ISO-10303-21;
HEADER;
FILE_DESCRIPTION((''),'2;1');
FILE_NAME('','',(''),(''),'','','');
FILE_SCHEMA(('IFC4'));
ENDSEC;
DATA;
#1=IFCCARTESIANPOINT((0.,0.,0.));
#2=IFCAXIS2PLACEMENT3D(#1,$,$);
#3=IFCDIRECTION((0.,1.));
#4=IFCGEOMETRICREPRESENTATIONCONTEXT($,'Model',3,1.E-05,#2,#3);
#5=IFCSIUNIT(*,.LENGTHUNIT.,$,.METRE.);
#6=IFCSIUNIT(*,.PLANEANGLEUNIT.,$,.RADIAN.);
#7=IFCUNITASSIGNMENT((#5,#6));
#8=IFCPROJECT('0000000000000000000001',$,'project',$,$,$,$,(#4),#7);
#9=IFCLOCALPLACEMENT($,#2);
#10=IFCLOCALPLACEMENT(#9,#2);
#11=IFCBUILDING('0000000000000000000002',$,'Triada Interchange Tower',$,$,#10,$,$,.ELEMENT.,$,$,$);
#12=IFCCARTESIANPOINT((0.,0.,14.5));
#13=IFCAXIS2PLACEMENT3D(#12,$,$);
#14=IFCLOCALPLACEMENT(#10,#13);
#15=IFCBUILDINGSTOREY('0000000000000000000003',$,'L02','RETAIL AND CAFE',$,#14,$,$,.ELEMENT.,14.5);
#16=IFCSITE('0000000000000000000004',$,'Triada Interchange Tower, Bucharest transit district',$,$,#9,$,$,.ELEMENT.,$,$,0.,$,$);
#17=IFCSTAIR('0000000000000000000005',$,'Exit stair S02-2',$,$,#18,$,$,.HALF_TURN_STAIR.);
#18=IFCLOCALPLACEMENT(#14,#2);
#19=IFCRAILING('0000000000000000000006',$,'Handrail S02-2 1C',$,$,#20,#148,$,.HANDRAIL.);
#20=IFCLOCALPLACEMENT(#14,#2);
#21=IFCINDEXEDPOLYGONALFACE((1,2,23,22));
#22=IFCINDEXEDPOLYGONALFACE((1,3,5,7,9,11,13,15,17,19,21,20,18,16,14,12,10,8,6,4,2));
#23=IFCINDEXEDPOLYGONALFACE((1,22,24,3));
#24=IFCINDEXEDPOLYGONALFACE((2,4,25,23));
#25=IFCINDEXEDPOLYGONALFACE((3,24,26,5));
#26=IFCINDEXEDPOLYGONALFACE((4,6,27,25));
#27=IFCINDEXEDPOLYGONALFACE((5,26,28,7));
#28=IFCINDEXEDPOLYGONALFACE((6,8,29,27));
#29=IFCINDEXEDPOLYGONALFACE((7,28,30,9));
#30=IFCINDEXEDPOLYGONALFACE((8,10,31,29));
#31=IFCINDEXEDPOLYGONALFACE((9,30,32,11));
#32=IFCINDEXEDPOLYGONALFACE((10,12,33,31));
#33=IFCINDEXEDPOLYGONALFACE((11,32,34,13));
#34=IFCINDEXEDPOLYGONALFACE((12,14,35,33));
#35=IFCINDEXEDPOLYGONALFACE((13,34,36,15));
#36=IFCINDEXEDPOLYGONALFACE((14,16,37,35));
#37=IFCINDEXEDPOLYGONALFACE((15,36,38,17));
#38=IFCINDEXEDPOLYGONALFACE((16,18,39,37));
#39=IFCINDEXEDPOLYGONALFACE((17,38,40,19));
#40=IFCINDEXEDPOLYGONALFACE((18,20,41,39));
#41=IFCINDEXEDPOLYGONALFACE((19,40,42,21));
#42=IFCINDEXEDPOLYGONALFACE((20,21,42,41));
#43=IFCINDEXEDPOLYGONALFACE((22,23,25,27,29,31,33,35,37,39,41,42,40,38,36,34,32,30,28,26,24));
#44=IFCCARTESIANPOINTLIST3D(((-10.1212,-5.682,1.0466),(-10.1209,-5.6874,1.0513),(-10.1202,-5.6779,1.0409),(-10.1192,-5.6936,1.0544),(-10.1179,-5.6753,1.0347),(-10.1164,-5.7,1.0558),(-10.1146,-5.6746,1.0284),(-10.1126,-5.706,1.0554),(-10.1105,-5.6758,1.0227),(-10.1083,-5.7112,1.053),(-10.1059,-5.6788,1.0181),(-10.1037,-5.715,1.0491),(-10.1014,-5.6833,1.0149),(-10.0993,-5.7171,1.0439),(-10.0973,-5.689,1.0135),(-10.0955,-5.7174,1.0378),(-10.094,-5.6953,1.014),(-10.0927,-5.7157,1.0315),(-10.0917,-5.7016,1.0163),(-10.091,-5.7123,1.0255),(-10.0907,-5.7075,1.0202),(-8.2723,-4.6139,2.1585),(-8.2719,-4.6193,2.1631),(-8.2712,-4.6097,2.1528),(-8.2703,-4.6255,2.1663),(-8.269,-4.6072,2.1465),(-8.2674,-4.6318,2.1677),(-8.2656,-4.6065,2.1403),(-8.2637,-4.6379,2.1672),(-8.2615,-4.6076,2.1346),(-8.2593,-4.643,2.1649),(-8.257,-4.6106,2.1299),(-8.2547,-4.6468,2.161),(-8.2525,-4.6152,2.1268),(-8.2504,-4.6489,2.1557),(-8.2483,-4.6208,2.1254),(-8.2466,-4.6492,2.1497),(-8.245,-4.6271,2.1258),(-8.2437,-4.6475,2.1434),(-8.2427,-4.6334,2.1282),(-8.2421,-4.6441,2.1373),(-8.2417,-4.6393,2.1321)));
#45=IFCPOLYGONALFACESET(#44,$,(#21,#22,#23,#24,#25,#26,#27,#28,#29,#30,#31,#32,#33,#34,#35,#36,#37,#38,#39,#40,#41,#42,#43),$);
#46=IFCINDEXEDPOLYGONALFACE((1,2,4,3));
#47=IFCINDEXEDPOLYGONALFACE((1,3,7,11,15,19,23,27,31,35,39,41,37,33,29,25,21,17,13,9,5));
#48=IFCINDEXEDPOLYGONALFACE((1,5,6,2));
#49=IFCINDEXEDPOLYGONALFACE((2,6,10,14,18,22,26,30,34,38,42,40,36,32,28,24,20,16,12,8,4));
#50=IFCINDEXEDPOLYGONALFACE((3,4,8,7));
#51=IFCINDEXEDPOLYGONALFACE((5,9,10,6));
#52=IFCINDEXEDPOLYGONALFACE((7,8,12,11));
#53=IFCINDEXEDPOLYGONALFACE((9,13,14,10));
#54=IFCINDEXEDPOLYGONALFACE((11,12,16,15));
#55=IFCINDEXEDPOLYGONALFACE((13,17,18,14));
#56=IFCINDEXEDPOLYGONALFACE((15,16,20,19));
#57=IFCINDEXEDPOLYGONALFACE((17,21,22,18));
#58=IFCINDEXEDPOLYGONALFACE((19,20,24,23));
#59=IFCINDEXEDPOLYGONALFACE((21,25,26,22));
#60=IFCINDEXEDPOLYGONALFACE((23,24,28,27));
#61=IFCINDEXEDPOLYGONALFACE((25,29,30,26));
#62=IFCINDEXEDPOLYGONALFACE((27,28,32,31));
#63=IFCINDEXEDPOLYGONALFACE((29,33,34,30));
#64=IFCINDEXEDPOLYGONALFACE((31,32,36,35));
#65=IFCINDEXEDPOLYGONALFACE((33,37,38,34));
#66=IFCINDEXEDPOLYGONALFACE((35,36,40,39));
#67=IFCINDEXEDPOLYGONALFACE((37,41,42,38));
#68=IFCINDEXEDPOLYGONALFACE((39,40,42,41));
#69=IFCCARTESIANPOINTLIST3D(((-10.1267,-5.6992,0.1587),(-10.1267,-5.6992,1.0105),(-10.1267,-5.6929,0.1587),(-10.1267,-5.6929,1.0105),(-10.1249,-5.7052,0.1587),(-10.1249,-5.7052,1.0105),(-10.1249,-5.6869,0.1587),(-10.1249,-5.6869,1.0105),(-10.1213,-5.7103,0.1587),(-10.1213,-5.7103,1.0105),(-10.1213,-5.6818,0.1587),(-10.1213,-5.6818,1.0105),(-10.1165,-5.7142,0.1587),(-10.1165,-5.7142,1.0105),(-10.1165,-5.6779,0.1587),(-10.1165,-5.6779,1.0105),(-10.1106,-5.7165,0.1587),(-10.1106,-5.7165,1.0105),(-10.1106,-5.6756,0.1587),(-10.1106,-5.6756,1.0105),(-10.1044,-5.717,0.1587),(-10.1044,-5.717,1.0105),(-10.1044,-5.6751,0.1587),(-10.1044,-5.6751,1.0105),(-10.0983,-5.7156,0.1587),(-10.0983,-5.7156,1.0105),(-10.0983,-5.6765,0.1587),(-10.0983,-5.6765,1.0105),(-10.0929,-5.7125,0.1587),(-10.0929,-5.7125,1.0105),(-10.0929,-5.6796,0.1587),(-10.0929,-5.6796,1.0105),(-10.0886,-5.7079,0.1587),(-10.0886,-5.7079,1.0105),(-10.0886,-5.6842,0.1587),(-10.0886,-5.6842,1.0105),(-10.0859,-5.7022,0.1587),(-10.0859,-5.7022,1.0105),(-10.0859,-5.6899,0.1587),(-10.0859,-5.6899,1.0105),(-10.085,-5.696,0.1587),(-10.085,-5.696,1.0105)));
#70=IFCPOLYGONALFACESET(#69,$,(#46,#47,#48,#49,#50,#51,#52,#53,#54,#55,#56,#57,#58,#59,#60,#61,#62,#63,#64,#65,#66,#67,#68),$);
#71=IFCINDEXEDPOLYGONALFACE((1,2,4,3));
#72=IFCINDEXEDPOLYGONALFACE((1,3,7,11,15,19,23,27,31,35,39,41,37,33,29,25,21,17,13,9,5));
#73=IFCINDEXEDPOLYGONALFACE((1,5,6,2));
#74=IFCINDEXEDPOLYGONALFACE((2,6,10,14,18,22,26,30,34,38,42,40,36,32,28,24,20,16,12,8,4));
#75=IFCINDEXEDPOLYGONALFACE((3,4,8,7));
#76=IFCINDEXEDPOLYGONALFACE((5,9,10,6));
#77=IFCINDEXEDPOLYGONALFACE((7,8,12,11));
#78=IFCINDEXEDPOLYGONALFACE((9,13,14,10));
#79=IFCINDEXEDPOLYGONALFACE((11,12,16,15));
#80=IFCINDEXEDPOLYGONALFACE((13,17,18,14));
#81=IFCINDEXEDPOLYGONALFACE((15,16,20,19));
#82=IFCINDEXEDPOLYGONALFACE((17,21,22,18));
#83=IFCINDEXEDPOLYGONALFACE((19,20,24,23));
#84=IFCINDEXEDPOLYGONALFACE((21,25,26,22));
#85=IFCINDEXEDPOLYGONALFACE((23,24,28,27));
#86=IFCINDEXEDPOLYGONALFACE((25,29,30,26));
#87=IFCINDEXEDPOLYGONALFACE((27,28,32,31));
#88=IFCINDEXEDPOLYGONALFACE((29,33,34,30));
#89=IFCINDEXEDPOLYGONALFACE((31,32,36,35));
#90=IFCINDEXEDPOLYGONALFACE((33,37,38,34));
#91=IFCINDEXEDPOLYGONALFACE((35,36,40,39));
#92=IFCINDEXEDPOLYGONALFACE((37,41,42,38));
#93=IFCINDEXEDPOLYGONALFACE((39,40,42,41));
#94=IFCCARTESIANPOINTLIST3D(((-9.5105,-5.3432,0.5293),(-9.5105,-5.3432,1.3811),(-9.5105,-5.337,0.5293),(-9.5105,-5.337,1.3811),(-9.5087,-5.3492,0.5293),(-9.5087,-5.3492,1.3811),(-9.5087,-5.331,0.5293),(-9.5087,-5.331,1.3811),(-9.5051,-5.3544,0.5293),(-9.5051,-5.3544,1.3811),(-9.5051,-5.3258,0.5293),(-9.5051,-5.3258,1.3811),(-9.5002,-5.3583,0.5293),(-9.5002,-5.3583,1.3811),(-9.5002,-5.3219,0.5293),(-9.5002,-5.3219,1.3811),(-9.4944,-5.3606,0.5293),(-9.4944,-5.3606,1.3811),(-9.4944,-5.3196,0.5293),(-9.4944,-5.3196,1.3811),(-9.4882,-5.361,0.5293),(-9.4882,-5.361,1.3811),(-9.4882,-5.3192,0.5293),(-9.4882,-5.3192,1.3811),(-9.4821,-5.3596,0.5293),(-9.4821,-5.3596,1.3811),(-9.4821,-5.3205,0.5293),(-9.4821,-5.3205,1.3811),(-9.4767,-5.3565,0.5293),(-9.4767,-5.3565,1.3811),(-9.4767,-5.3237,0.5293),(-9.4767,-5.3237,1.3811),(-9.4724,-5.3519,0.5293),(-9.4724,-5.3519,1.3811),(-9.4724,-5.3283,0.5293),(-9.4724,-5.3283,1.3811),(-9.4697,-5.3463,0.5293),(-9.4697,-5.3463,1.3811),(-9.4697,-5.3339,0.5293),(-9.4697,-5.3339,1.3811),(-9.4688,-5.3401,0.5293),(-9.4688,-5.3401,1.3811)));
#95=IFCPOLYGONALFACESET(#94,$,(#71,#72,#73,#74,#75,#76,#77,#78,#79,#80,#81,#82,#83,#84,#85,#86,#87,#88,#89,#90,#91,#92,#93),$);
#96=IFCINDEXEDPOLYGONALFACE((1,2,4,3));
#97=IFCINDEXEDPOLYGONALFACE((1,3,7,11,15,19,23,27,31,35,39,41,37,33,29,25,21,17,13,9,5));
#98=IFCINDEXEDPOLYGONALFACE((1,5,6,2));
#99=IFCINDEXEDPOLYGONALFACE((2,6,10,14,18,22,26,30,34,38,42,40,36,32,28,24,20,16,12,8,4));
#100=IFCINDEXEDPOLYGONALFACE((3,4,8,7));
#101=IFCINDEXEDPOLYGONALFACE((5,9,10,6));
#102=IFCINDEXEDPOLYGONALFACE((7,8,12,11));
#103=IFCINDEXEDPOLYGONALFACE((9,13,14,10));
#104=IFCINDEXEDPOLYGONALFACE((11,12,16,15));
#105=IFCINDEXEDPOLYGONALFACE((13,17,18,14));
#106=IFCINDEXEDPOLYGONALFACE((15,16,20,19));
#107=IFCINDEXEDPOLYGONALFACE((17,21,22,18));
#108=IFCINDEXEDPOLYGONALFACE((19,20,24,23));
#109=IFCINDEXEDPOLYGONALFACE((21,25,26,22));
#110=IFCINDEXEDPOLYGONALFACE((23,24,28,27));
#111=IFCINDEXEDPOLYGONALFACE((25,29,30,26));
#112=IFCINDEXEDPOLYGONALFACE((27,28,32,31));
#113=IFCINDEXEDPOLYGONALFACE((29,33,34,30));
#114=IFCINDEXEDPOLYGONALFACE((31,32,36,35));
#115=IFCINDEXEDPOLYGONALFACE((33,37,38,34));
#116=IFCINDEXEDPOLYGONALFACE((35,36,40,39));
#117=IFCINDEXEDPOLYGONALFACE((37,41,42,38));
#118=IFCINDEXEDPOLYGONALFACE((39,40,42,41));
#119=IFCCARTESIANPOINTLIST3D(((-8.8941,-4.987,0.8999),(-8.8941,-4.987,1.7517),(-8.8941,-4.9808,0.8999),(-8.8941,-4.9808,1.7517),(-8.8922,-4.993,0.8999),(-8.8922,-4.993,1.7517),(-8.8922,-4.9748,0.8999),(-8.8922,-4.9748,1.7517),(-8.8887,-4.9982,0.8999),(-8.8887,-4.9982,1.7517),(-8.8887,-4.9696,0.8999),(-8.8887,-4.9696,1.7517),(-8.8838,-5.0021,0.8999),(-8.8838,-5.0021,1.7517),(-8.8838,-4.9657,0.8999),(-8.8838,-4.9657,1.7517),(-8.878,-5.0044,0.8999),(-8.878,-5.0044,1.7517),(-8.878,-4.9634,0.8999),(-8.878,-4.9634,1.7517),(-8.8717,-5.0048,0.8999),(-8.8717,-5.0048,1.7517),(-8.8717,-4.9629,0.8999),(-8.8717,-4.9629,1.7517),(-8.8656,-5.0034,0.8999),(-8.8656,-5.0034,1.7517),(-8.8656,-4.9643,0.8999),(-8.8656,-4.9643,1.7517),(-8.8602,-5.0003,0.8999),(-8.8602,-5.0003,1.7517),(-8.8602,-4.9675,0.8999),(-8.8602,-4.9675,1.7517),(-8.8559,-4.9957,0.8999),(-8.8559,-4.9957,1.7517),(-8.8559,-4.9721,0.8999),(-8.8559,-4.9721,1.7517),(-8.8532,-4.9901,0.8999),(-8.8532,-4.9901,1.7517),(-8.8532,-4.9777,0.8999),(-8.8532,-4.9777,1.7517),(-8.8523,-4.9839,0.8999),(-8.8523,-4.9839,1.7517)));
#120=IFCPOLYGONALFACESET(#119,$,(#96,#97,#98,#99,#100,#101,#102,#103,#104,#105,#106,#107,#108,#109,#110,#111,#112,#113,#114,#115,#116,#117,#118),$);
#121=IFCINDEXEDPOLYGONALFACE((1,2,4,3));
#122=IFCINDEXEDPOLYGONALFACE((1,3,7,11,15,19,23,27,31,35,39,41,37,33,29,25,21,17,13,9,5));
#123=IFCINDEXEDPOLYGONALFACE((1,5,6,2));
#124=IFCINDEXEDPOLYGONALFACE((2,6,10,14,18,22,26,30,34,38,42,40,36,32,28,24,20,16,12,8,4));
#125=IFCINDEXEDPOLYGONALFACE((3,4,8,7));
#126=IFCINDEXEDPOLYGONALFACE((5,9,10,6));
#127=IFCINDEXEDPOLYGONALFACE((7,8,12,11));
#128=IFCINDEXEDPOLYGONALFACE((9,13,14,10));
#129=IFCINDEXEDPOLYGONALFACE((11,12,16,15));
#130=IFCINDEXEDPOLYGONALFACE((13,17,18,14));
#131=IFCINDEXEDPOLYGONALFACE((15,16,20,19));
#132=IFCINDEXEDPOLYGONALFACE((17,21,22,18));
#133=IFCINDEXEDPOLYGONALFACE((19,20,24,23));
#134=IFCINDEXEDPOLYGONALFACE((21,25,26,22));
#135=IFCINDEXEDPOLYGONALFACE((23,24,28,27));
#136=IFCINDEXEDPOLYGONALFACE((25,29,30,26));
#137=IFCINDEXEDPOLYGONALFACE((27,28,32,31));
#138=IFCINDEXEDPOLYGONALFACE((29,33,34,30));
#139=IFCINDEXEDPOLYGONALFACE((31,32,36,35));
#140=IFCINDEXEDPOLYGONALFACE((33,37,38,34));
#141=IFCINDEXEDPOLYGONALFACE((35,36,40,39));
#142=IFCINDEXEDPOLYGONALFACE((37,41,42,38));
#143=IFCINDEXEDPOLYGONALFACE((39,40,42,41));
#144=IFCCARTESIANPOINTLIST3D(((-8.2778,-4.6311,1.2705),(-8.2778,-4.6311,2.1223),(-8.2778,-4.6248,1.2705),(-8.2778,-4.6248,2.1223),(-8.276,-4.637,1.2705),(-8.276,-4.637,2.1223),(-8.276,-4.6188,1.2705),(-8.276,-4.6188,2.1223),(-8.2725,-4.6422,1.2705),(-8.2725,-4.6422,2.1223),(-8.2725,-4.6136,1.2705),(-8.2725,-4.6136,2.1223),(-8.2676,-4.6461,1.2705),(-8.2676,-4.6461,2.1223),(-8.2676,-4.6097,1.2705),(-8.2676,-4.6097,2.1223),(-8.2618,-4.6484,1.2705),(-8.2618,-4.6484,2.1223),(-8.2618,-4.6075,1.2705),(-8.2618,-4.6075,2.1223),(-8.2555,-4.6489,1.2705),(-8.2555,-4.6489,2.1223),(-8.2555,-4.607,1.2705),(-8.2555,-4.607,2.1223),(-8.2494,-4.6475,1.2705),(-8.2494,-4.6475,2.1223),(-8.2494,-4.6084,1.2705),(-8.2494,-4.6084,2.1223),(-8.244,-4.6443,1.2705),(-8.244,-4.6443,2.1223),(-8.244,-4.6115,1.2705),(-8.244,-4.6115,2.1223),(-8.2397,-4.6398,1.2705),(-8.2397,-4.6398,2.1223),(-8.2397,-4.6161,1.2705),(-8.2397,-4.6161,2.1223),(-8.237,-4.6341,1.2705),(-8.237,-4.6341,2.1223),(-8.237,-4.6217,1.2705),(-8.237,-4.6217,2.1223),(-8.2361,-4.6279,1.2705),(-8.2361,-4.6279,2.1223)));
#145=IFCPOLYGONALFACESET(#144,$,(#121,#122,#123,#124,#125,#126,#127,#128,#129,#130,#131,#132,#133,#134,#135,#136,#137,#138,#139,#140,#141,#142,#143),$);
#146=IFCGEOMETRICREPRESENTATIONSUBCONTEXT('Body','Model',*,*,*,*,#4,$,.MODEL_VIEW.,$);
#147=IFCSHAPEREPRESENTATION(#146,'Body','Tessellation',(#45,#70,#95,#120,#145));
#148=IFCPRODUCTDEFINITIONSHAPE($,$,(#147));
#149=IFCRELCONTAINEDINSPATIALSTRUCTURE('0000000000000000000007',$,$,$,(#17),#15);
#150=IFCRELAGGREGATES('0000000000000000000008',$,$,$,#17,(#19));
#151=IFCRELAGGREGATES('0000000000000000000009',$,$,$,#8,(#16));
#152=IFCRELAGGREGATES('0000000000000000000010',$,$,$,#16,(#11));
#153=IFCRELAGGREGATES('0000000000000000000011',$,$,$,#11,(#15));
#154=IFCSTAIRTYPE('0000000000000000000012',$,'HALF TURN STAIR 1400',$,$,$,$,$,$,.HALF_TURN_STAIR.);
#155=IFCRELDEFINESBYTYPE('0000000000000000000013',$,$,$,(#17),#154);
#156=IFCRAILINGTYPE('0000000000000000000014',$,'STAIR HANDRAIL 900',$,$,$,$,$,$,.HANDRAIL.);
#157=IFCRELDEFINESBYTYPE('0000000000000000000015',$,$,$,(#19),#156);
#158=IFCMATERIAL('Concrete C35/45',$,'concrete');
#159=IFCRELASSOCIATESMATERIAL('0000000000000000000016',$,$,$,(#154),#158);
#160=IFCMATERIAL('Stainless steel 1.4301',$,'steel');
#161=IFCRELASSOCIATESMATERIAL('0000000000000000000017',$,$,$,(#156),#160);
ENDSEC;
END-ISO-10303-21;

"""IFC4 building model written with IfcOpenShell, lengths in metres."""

from ifc_helpers import new_model, si_unit, direction, frame, origin, origin_2d, place, context, subcontext, project, spatial, circle, extrude, material, type_object, element, aggregate, save


model = new_model("IFC4")

# Units and contexts
model_context = context("Model", 3, precision=1e-05, world=origin(), true_north=direction((0.0, 1.0)))
body_context = subcontext(model_context, "Body", "Model", "MODEL_VIEW")
ifc_project = project(units=[si_unit("LENGTHUNIT", "METRE"), si_unit("PLANEANGLEUNIT", "RADIAN")], contexts=[model_context])

# Site, building, storey
site_placement = place(None, origin())
site = spatial("IfcSite", under=ifc_project, at=site_placement, Name="Triada Interchange Tower, Bucharest transit district", CompositionType="ELEMENT", RefElevation=0.0)
building_placement = place(site_placement, origin())
building = spatial("IfcBuilding", under=site, at=building_placement, Name="Triada Interchange Tower", CompositionType="ELEMENT")
storey_placement = place(building_placement, frame((0.0, 0.0, 14.5)))
storey = spatial("IfcBuildingStorey", under=building, at=storey_placement, Name="L02", Description="RETAIL AND CAFE", CompositionType="ELEMENT", Elevation=14.5)

# Shared definitions
ifc_material_1 = material(Name="Concrete C35/45", Category="concrete")

# Stair, railing
stair_type = type_object("IfcStairType", Name="HALF TURN STAIR 1400", PredefinedType="HALF_TURN_STAIR", material=ifc_material_1)
stair_1_placement = place(storey_placement, origin())
stair_1 = element("IfcStair", 1, at=stair_1_placement, inside=storey, type_object=stair_type, Name="Exit stair S02-2", PredefinedType="HALF_TURN_STAIR")
ifc_material_2 = material(Name="Stainless steel 1.4301", Category="steel")
railing_type_1 = type_object("IfcRailingType", Name="STAIR HANDRAIL 900", PredefinedType="HANDRAIL", material=ifc_material_2)
railing_1_placement = place(storey_placement, frame((-10.106, -5.696, 0.1587)))
railing_1 = element("IfcRailing", 2, at=railing_1_placement, type_object=railing_type_1, Name="Handrail S02-2 1C", PredefinedType="HANDRAIL", context=body_context, shape_type="SweptSolid", body=[
    extrude(circle(Radius=0.0239, at=origin_2d()), frame((0.0, 0.0, 0.876), z_axis=(0.768012, 0.443689, 0.461842), x_axis=(-0.500234, 0.86589, 0.0)), (0.0, 0.0, 1.0), 2.4075),
    extrude(circle(Radius=0.021, at=origin_2d()), origin(), (0.0, 0.0, 1.0), 0.8518),
    extrude(circle(Radius=0.021, at=origin_2d()), frame((0.6162, 0.356, 0.3706)), (0.0, 0.0, 1.0), 0.8518),
    extrude(circle(Radius=0.021, at=origin_2d()), frame((1.2327, 0.7122, 0.7412)), (0.0, 0.0, 1.0), 0.8518),
    extrude(circle(Radius=0.021, at=origin_2d()), frame((1.8489, 1.0681, 1.1118)), (0.0, 0.0, 1.0), 0.8518),
])
aggregate(stair_1, [railing_1])

save(model, "model.ifc")
